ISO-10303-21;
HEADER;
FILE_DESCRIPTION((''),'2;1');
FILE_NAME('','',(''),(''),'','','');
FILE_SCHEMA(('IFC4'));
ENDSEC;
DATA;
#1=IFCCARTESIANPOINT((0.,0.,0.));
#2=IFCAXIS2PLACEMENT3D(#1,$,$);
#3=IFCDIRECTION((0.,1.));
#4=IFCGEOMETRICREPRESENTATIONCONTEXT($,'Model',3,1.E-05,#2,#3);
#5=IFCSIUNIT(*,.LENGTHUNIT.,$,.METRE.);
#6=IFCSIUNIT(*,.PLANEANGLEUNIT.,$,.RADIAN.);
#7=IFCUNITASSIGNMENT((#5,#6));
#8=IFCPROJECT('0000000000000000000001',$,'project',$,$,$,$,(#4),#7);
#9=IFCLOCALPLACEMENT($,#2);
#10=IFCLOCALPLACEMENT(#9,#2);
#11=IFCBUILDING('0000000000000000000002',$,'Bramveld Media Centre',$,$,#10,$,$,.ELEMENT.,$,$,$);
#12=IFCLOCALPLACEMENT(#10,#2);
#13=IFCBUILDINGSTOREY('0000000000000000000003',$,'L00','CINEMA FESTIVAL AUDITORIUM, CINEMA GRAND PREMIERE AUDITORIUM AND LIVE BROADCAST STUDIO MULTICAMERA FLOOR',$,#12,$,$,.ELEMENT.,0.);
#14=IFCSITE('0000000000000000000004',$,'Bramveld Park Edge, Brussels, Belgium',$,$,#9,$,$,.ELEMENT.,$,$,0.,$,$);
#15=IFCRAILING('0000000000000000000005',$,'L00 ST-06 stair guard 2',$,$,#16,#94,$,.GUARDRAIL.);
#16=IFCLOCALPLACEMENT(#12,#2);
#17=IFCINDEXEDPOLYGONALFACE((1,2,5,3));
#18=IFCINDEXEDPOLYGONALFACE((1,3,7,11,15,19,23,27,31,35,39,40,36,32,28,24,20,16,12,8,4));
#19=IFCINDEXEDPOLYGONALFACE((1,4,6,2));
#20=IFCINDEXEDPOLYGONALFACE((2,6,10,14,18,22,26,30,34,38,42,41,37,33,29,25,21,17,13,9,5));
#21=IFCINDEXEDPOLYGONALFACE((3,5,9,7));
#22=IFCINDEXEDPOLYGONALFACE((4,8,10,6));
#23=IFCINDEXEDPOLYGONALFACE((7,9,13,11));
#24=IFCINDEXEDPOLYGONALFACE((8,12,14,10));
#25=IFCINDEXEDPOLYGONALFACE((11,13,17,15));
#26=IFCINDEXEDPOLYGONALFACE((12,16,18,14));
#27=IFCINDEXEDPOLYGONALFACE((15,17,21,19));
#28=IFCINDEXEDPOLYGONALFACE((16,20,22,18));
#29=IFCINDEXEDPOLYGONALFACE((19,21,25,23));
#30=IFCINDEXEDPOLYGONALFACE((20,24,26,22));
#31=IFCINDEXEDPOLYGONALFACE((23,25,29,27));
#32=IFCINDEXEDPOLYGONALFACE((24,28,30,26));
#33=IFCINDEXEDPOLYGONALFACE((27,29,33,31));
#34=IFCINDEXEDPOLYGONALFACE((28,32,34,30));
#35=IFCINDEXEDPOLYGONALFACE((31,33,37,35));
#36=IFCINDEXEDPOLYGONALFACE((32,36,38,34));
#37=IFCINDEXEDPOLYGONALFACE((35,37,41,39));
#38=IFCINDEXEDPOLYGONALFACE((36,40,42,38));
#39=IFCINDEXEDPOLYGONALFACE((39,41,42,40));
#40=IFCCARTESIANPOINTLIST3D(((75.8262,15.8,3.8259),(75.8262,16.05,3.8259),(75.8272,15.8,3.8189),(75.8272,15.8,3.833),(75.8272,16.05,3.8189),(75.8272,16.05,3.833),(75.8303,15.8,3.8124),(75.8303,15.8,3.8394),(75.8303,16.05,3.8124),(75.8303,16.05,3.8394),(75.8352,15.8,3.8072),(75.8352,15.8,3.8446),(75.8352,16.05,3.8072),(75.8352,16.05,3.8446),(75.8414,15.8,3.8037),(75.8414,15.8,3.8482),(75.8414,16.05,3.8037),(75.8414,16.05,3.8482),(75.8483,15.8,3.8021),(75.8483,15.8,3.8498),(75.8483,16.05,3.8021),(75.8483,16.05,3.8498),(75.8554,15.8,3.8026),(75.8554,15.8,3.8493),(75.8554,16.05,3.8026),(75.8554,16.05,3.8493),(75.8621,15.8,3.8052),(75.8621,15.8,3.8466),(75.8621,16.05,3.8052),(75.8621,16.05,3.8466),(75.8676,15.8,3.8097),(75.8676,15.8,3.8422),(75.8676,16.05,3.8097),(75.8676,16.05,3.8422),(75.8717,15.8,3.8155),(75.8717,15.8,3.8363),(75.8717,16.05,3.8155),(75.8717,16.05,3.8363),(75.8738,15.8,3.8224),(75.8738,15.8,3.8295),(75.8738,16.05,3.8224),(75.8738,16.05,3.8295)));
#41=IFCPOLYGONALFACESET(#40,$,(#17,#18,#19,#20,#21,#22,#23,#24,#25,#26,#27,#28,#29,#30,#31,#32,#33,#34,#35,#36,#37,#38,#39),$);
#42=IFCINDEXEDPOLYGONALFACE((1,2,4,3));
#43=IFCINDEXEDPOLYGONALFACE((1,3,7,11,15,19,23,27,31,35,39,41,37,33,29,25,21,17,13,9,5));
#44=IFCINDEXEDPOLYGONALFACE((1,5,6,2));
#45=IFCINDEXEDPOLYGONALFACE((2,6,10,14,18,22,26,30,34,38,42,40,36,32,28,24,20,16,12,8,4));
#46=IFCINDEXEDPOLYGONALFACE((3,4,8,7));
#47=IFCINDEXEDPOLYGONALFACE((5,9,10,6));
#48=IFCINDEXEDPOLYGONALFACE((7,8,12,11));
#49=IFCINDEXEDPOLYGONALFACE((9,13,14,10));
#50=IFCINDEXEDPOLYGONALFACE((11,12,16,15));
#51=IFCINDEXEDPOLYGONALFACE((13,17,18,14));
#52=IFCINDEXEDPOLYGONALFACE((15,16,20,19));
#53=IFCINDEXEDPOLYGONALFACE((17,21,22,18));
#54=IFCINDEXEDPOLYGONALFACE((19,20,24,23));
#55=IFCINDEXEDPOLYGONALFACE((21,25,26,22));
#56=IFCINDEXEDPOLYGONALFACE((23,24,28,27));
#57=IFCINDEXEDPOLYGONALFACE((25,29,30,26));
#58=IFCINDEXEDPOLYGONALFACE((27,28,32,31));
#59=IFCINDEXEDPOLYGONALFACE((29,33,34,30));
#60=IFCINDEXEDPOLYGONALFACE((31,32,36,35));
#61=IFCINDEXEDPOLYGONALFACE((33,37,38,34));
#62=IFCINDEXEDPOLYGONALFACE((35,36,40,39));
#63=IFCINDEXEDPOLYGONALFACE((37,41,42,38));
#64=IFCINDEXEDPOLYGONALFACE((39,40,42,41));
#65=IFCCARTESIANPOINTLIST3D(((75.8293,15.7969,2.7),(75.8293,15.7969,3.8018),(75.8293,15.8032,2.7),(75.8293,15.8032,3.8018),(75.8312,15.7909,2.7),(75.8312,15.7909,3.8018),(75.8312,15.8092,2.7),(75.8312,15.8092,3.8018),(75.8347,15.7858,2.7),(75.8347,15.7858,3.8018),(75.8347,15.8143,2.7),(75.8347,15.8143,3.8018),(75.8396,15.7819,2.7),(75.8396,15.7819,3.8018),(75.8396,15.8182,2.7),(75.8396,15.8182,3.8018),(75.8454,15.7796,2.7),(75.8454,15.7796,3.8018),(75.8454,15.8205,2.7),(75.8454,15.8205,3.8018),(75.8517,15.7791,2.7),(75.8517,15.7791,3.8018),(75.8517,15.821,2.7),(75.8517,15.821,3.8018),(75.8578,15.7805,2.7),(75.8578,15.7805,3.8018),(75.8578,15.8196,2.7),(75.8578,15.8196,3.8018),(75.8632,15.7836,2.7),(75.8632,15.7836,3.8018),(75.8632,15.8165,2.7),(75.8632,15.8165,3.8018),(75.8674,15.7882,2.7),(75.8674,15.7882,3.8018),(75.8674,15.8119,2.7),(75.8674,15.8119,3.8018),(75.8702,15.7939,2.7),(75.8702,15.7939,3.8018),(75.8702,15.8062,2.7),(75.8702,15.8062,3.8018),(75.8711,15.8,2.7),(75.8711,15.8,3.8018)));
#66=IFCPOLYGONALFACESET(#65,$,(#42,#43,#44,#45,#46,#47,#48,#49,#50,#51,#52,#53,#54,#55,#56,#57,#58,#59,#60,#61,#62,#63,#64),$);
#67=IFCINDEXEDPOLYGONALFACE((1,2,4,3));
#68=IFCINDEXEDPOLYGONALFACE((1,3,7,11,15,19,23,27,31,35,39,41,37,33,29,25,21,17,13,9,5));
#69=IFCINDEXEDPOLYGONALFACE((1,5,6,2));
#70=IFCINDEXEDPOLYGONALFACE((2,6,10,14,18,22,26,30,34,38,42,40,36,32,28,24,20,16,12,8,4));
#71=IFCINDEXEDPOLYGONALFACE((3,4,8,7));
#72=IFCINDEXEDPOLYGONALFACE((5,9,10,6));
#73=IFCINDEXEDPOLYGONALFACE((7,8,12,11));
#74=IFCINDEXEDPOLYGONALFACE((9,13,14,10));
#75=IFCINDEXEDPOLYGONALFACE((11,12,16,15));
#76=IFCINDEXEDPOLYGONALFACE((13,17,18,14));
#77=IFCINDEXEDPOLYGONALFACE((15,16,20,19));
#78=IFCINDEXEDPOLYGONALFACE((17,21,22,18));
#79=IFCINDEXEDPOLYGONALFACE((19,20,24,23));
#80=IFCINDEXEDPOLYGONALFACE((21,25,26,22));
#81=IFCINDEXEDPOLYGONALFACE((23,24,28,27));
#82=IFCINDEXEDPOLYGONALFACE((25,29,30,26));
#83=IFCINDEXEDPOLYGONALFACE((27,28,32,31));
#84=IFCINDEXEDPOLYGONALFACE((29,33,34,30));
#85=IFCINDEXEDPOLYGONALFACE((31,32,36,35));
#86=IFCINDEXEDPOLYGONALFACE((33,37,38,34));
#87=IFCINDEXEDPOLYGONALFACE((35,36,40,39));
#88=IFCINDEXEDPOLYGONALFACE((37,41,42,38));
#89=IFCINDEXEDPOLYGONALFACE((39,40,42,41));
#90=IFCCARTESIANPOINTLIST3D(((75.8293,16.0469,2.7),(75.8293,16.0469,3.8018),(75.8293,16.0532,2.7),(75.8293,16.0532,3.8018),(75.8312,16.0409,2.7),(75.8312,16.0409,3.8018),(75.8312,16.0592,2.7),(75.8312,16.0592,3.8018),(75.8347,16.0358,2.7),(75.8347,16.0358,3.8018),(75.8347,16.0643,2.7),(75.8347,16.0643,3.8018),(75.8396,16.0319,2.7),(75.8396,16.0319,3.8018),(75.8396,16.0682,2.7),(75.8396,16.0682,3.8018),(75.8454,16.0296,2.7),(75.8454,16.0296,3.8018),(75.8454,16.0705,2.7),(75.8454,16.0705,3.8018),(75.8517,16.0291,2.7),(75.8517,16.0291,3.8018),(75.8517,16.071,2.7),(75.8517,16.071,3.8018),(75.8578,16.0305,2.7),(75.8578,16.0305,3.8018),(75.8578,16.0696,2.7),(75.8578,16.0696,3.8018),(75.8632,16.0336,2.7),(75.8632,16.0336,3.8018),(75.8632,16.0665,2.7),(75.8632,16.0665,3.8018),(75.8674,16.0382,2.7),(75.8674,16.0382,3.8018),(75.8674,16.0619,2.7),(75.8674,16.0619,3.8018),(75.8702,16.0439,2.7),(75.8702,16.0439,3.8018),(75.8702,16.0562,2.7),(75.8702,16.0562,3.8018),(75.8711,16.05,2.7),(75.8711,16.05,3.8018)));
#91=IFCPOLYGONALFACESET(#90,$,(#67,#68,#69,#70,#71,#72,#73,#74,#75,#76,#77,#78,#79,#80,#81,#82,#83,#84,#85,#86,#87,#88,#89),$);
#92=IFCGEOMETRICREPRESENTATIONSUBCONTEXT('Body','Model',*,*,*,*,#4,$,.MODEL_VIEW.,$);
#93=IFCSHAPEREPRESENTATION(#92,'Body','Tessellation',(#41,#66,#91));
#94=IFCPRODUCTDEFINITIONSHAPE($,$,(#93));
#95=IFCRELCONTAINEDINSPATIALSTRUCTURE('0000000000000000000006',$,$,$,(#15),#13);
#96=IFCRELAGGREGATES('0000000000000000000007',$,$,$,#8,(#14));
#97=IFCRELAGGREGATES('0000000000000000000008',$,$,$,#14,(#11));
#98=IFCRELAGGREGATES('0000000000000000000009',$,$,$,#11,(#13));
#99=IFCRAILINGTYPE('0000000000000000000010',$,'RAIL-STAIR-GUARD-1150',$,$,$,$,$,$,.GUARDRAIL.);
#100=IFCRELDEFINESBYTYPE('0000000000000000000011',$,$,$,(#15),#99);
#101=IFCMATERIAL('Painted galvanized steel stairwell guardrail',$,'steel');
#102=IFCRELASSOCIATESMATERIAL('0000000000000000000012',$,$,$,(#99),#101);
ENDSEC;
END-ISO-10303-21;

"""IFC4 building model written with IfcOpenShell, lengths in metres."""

from ifc_helpers import new_model, si_unit, direction, frame, origin, origin_2d, place, context, subcontext, project, spatial, circle, extrude, material, type_object, element, save


model = new_model("IFC4")

# Units and contexts
model_context = context("Model", 3, precision=1e-05, world=origin(), true_north=direction((0.0, 1.0)))
body_context = subcontext(model_context, "Body", "Model", "MODEL_VIEW")
ifc_project = project(units=[si_unit("LENGTHUNIT", "METRE"), si_unit("PLANEANGLEUNIT", "RADIAN")], contexts=[model_context])

# Site, building, storey
site_placement = place(None, origin())
site = spatial("IfcSite", under=ifc_project, at=site_placement, Name="Bramveld Park Edge, Brussels, Belgium", CompositionType="ELEMENT", RefElevation=0.0)
building_placement = place(site_placement, origin())
building = spatial("IfcBuilding", under=site, at=building_placement, Name="Bramveld Media Centre", CompositionType="ELEMENT")
storey_placement = place(building_placement, origin())
storey = spatial("IfcBuildingStorey", under=building, at=storey_placement, Name="L00", Description="CINEMA FESTIVAL AUDITORIUM, CINEMA GRAND PREMIERE AUDITORIUM AND LIVE BROADCAST STUDIO MULTICAMERA FLOOR", CompositionType="ELEMENT", Elevation=0.0)

# Railing
ifc_material_1 = material(Name="Painted galvanized steel stairwell guardrail", Category="steel")
railing_type_1 = type_object("IfcRailingType", Name="RAIL-STAIR-GUARD-1150", PredefinedType="GUARDRAIL", material=ifc_material_1)
railing_1_placement = place(storey_placement, frame((75.8501, 15.8, 2.7)))
element("IfcRailing", 1, at=railing_1_placement, inside=storey, type_object=railing_type_1, Name="L00 ST-06 stair guard 2", PredefinedType="GUARDRAIL", context=body_context, shape_type="SweptSolid", body=[
    extrude(circle(Radius=0.0239, at=origin_2d()), frame((0.0, 0.0, 1.126), z_axis=(0.0, 1.0, 0.0), x_axis=(-1.0, 0.0, 0.0)), (0.0, 0.0, 1.0), 0.25),
    extrude(circle(Radius=0.021, at=origin_2d()), origin(), (0.0, 0.0, 1.0), 1.1018),
    extrude(circle(Radius=0.021, at=origin_2d()), frame((0.0, 0.25, 0.0)), (0.0, 0.0, 1.0), 1.1018),
])

save(model, "model.ifc")
